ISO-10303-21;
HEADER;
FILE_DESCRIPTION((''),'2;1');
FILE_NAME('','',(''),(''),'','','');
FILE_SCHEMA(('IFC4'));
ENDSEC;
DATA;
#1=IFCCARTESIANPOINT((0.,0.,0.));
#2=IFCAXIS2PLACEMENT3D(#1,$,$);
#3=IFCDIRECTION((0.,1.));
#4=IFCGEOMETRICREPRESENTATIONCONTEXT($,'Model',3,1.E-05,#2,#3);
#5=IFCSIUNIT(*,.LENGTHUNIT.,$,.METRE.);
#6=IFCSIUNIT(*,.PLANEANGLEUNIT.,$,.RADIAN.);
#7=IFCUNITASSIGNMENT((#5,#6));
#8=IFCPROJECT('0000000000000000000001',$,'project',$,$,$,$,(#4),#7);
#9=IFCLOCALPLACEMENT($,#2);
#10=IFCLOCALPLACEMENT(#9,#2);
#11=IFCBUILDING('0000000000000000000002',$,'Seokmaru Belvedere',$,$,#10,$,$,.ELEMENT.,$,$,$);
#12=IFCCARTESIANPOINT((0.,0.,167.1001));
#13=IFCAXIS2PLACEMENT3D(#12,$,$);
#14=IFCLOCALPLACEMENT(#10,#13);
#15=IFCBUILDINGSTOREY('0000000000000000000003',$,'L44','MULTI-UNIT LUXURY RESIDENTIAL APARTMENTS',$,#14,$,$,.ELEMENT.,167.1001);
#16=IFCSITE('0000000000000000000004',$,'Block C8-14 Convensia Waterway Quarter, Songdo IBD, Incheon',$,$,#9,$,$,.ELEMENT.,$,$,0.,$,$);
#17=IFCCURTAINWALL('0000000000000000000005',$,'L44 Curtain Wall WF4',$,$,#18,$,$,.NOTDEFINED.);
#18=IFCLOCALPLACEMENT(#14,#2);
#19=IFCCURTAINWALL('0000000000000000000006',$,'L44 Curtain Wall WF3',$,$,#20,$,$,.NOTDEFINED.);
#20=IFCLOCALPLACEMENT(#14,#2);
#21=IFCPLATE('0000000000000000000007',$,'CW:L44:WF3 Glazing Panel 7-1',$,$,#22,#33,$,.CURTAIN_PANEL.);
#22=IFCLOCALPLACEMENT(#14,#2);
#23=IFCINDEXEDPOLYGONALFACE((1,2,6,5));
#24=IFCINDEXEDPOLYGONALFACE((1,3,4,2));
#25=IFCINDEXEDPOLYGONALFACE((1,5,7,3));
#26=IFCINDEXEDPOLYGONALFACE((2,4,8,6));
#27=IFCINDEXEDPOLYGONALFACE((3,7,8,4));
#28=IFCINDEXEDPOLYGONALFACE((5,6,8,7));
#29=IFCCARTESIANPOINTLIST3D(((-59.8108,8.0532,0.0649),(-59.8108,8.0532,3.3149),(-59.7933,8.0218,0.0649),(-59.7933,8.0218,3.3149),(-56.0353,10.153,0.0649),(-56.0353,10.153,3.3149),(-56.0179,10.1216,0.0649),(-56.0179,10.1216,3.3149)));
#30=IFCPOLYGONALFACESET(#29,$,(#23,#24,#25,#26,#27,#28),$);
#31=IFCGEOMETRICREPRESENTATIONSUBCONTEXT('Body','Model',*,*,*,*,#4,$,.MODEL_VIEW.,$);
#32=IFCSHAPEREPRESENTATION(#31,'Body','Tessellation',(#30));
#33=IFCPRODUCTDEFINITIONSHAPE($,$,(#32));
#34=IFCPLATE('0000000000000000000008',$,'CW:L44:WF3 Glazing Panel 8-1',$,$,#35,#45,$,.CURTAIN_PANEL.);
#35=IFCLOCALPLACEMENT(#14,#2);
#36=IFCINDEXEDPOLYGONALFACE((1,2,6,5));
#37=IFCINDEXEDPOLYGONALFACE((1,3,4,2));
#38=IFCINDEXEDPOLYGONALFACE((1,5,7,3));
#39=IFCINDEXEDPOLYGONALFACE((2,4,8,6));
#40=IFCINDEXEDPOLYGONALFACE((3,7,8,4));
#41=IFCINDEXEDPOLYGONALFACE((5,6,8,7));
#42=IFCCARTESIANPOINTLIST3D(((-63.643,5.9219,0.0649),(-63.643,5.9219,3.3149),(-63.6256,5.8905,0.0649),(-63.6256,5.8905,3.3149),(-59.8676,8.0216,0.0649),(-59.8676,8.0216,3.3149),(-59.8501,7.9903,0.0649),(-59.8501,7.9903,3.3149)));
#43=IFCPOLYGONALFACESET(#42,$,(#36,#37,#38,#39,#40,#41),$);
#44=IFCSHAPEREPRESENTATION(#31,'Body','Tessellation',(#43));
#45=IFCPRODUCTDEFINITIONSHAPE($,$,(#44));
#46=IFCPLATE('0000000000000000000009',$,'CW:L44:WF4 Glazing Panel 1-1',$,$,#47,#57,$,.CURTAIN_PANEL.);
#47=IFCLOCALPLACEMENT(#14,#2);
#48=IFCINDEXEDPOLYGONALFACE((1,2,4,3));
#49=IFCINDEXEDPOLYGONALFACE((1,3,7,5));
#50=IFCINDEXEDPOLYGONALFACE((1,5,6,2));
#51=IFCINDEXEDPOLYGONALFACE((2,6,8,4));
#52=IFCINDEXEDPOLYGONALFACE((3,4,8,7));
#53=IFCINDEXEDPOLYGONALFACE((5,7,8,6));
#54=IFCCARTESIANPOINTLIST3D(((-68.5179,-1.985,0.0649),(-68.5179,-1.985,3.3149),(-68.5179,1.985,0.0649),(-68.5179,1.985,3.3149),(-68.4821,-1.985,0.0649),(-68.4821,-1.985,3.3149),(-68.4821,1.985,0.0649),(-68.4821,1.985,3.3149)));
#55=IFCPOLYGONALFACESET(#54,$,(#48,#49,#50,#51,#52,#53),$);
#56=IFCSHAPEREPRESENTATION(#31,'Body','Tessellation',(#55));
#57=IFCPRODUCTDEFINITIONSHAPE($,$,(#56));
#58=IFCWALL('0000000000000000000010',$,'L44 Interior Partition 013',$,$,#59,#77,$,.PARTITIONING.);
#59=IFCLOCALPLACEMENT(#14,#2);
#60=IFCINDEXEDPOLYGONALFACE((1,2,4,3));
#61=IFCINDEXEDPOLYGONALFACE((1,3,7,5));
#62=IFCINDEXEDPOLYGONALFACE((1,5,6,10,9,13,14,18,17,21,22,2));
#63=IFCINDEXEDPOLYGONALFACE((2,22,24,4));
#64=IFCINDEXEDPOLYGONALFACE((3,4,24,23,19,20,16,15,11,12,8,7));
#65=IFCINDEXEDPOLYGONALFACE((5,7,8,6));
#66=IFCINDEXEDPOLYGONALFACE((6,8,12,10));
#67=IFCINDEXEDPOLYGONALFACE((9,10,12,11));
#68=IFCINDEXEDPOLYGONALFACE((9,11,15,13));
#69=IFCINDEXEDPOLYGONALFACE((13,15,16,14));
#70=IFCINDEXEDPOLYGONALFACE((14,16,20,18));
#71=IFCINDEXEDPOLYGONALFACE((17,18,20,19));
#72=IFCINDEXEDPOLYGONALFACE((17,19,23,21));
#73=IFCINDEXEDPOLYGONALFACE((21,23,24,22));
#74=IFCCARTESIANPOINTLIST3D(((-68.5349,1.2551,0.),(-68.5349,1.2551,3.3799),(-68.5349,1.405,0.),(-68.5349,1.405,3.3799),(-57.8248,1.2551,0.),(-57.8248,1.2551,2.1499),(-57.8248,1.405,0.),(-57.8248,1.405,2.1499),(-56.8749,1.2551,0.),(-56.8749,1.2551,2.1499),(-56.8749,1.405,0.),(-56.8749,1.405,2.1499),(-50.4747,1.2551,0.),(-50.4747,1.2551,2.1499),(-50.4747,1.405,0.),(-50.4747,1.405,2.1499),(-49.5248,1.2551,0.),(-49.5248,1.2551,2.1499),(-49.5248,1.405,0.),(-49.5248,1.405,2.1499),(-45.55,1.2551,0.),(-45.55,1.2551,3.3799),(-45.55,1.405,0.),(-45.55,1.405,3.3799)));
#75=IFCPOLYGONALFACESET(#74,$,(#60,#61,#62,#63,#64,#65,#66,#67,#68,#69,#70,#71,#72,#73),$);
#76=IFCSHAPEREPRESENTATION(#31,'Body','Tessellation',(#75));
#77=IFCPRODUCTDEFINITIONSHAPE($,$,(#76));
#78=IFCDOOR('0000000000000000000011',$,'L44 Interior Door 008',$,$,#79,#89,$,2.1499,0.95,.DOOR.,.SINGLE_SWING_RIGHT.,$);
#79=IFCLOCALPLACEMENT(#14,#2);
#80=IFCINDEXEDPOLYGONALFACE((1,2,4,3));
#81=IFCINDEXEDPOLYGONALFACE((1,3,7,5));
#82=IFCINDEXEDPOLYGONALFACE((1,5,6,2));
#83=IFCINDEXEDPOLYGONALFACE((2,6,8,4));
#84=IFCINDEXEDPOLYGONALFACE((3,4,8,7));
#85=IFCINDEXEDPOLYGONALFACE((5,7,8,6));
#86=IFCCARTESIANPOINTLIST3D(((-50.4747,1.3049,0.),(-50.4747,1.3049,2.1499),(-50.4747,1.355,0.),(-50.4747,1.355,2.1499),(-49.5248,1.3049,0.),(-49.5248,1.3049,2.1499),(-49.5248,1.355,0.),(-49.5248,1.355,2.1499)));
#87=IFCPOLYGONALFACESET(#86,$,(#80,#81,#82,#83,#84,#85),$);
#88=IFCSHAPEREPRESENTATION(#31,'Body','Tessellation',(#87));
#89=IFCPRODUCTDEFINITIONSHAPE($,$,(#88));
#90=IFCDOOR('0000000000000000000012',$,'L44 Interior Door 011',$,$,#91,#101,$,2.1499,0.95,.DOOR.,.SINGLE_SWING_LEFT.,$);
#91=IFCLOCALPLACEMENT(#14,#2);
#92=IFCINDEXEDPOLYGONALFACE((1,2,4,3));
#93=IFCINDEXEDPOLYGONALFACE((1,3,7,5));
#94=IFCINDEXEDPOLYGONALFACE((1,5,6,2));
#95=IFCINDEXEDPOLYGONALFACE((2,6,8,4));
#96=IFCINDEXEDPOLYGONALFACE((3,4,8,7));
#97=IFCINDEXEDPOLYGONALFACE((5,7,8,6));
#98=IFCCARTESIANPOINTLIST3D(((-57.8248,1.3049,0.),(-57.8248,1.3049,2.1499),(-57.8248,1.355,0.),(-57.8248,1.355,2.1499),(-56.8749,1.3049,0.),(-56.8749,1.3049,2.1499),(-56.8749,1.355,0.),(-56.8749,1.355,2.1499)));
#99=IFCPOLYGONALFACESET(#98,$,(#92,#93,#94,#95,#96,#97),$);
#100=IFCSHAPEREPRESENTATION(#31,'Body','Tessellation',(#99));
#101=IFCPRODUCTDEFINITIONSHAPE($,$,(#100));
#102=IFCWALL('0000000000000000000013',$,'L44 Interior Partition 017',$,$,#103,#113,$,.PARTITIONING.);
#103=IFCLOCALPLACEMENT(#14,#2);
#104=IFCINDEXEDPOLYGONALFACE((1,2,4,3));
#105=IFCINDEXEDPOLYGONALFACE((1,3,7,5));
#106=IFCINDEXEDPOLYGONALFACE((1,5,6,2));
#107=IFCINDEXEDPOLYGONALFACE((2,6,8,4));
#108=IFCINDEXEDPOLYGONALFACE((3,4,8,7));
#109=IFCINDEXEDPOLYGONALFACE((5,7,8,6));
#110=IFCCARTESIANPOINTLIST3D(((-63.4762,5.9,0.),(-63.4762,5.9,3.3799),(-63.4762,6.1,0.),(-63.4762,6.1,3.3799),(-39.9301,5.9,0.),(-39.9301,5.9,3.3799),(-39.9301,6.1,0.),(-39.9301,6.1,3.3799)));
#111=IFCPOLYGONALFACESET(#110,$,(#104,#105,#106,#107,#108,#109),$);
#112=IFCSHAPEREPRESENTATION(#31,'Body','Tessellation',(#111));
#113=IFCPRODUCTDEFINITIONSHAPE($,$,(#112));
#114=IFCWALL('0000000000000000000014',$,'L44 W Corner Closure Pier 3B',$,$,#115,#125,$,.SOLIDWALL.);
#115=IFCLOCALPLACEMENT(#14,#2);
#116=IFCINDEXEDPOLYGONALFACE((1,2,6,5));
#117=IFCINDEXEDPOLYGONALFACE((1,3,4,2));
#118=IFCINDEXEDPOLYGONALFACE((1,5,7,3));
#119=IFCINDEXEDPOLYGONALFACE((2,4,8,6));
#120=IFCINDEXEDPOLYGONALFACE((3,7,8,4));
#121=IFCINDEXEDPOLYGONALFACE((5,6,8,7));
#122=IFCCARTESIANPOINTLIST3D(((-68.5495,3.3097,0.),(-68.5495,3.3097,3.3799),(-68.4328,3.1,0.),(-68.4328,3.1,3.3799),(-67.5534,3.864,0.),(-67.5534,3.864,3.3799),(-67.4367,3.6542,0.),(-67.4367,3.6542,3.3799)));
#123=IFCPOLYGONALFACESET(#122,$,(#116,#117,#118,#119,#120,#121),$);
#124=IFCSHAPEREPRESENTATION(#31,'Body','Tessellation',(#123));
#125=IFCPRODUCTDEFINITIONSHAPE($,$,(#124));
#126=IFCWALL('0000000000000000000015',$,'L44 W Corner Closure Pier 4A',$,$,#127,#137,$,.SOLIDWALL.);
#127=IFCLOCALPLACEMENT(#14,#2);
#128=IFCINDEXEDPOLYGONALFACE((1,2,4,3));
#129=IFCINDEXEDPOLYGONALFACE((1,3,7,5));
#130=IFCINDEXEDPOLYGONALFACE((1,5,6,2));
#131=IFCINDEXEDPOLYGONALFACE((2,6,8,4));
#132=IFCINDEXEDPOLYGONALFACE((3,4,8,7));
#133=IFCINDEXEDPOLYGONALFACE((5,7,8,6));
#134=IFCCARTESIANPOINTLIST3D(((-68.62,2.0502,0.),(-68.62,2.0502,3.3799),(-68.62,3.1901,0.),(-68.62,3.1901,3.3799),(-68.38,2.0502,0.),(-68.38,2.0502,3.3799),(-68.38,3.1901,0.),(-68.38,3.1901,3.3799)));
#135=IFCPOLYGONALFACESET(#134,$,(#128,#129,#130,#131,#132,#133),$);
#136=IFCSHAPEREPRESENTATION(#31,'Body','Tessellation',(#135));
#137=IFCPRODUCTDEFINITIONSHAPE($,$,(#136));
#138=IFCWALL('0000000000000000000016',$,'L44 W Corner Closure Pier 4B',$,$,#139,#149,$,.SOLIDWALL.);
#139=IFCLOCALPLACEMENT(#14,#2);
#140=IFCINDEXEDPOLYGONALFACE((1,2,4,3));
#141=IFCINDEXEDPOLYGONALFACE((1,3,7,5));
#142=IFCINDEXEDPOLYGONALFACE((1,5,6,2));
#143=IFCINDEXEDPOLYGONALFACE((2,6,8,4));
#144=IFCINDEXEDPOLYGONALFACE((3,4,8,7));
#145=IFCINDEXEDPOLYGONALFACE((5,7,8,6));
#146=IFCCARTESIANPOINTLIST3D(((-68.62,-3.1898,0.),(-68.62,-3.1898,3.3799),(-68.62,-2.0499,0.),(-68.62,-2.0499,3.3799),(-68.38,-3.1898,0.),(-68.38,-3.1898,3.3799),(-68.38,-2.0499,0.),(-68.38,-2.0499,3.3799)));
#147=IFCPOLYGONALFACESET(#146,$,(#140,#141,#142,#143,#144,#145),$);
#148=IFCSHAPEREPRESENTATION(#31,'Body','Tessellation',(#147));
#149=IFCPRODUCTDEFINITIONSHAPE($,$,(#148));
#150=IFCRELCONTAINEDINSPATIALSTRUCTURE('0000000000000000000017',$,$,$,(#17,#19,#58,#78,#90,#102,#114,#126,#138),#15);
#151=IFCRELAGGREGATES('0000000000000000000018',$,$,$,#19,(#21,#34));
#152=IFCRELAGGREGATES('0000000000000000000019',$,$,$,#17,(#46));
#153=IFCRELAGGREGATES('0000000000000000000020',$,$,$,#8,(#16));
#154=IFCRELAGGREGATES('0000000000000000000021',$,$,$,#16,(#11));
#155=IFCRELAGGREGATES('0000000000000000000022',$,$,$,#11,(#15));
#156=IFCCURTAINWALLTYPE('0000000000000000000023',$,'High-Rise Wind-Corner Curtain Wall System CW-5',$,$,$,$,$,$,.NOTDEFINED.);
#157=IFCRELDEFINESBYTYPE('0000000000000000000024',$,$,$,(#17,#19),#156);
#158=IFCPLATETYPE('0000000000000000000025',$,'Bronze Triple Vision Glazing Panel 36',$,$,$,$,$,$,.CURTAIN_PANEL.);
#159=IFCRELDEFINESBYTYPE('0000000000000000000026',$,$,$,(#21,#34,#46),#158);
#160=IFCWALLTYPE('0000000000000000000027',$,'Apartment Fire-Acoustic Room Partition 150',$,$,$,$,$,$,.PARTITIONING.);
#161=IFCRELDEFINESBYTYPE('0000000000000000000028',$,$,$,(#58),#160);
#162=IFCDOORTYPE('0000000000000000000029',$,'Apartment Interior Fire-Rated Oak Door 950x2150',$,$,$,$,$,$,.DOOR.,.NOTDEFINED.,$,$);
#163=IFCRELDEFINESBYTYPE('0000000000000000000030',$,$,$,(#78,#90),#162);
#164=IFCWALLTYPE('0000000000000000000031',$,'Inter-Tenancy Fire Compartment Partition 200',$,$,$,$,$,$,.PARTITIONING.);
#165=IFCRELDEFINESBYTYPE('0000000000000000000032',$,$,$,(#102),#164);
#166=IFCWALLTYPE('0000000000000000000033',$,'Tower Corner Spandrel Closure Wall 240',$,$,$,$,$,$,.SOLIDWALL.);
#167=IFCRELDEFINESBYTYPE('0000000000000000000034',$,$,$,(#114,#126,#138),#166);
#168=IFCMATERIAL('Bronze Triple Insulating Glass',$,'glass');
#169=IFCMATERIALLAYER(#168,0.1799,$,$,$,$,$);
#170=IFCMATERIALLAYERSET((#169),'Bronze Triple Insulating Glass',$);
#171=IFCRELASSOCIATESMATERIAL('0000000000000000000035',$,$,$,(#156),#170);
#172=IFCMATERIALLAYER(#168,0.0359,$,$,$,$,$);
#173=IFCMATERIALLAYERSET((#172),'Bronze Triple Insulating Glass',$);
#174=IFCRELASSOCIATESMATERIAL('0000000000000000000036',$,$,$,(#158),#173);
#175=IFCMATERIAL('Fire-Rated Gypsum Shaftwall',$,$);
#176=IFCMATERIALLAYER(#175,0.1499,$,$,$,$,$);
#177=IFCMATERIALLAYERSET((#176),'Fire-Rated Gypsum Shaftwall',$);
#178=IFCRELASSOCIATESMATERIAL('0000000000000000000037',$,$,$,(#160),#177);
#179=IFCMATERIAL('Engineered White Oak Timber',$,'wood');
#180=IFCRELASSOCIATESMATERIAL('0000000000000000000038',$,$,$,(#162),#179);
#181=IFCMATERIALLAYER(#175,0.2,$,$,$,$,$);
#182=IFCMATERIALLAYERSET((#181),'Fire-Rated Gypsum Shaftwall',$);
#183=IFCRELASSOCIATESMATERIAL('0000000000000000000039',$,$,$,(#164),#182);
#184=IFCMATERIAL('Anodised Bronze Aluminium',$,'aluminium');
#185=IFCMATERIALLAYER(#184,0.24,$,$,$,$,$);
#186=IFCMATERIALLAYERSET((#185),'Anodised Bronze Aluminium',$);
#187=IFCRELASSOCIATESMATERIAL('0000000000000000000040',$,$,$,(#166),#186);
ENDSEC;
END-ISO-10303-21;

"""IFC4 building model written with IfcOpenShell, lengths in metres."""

from ifc_helpers import new_model, si_unit, direction, frame, frame_2d, origin, origin_2d, place, context, subcontext, project, spatial, rectangle, extrude, source, transform, mapped, material, layer, layer_set, type_object, type_shapes, element, fill, aggregate, save


model = new_model("IFC4")

# Units and contexts
model_context = context("Model", 3, precision=1e-05, world=origin(), true_north=direction((0.0, 1.0)))
body_context = subcontext(model_context, "Body", "Model", "MODEL_VIEW")
ifc_project = project(units=[si_unit("LENGTHUNIT", "METRE"), si_unit("PLANEANGLEUNIT", "RADIAN")], contexts=[model_context])

# Site, building, storey
site_placement = place(None, origin())
site = spatial("IfcSite", under=ifc_project, at=site_placement, Name="Block C8-14 Convensia Waterway Quarter, Songdo IBD, Incheon", CompositionType="ELEMENT", RefElevation=0.0)
building_placement = place(site_placement, origin())
building = spatial("IfcBuilding", under=site, at=building_placement, Name="Seokmaru Belvedere", CompositionType="ELEMENT")
storey_placement = place(building_placement, frame((0.0, 0.0, 167.1001)))
storey = spatial("IfcBuildingStorey", under=building, at=storey_placement, Name="L44", Description="MULTI-UNIT LUXURY RESIDENTIAL APARTMENTS", CompositionType="ELEMENT", Elevation=167.1001)

# Curtain wall
ifc_material_1 = material(Name="Bronze Triple Insulating Glass", Category="glass")
ifc_layer_1 = layer(ifc_material_1, 0.1799)
ifc_layer_set_1 = layer_set([ifc_layer_1], Name="Bronze Triple Insulating Glass")
curtain_wall_type = type_object("IfcCurtainWallType", Name="High-Rise Wind-Corner Curtain Wall System CW-5", PredefinedType="NOTDEFINED", material=ifc_layer_set_1)
curtain_wall_1_placement = place(storey_placement, origin())
curtain_wall_1 = element("IfcCurtainWall", 1, at=curtain_wall_1_placement, inside=storey, type_object=curtain_wall_type, Name="L44 Curtain Wall WF4", PredefinedType="NOTDEFINED")
ifc_material_2 = material(Name="Anodised Bronze Aluminium", Category="aluminium")

# Curtain wall
curtain_wall_2_placement = place(storey_placement, origin())
curtain_wall_2 = element("IfcCurtainWall", 2, at=curtain_wall_2_placement, inside=storey, type_object=curtain_wall_type, Name="L44 Curtain Wall WF3", PredefinedType="NOTDEFINED")

# Plates
ifc_layer_2 = layer(ifc_material_1, 0.0359)
ifc_layer_set_2 = layer_set([ifc_layer_2], Name="Bronze Triple Insulating Glass")
plate_type = type_object("IfcPlateType", Name="Bronze Triple Vision Glazing Panel 36", PredefinedType="CURTAIN_PANEL", material=ifc_layer_set_2)
shared_shape_1 = source(origin(), body_context, "Body", "SweptSolid", [
    extrude(rectangle(XDim=4.3201, YDim=0.0359, at=origin_2d()), origin(), (0.0, 0.0, 1.0), 3.25),
])
plate_1_placement = place(storey_placement, frame((-57.9143, 9.0874, 0.0649), z_axis=(0.0, 0.0, 1.0), x_axis=(-0.873933, -0.486047, 0.0)))
plate_1 = element("IfcPlate", 3, at=plate_1_placement, type_object=plate_type, Name="CW:L44:WF3 Glazing Panel 7-1", PredefinedType="CURTAIN_PANEL", context=body_context, shape_type="MappedRepresentation", body=[
    mapped(shared_shape_1, transform((0.0, 0.0, 0.0), scale=1.0)),
])
plate_2_placement = place(storey_placement, frame((-61.7466, 6.9561, 0.0649), z_axis=(0.0, 0.0, 1.0), x_axis=(-0.873933, -0.486047, 0.0)))
plate_2 = element("IfcPlate", 4, at=plate_2_placement, type_object=plate_type, Name="CW:L44:WF3 Glazing Panel 8-1", PredefinedType="CURTAIN_PANEL", context=body_context, shape_type="MappedRepresentation", body=[
    mapped(shared_shape_1, transform((0.0, 0.0, 0.0), scale=1.0)),
])
aggregate(curtain_wall_2, [plate_1, plate_2])
shared_shape_2 = source(origin(), body_context, "Body", "SweptSolid", [
    extrude(rectangle(XDim=3.97, YDim=0.0359, at=origin_2d()), origin(), (0.0, 0.0, 1.0), 3.25),
])
plate_3_placement = place(storey_placement, frame((-68.5, 0.0, 0.0649), z_axis=(0.0, 0.0, 1.0), x_axis=(0.0, -1.0, 0.0)))
plate_3 = element("IfcPlate", 5, at=plate_3_placement, type_object=plate_type, Name="CW:L44:WF4 Glazing Panel 1-1", PredefinedType="CURTAIN_PANEL", context=body_context, shape_type="MappedRepresentation", body=[
    mapped(shared_shape_2, transform((0.0, 0.0, 0.0), scale=1.0)),
])
aggregate(curtain_wall_1, [plate_3])

# Wall, openings, doors
ifc_material_3 = material(Name="Fire-Rated Gypsum Shaftwall")
ifc_layer_3 = layer(ifc_material_3, 0.1499)
ifc_layer_set_3 = layer_set([ifc_layer_3], Name="Fire-Rated Gypsum Shaftwall")
wall_type_1 = type_object("IfcWallType", Name="Apartment Fire-Acoustic Room Partition 150", PredefinedType="PARTITIONING", material=ifc_layer_set_3)
wall_1_placement = place(storey_placement, frame((-68.5349, 1.3301, 0.0), z_axis=(0.0, 0.0, 1.0), x_axis=(1.0, 0.0, 0.0)))
wall_1 = element("IfcWall", 6, at=wall_1_placement, inside=storey, type_object=wall_type_1, Name="L44 Interior Partition 013", PredefinedType="PARTITIONING", context=body_context, shape_type="SweptSolid", body=[
    extrude(rectangle(XDim=22.9849, YDim=0.1499, at=frame_2d((11.4924, 0.0))), origin(), (0.0, 0.0, 1.0), 3.3799),
])
opening_1_placement = place(wall_1_placement, frame((18.0601, 0.0, 0.0)))
opening_1 = element("IfcOpeningElement", 7, at=opening_1_placement, cuts=wall_1, PredefinedType="OPENING", context=body_context, shape_type="SweptSolid", body=[
    extrude(rectangle(XDim=0.95, YDim=2.1499, at=frame_2d((0.4751, 1.075))), frame((0.0, 0.085, 0.0), z_axis=(0.0, -1.0, 0.0), x_axis=(1.0, 0.0, 0.0)), (0.0, 0.0, 1.0), 0.1699),
])
opening_2_placement = place(wall_1_placement, frame((10.71, 0.0, 0.0)))
opening_2 = element("IfcOpeningElement", 8, at=opening_2_placement, cuts=wall_1, PredefinedType="OPENING", context=body_context, shape_type="SweptSolid", body=[
    extrude(rectangle(XDim=0.95, YDim=2.1499, at=frame_2d((0.4751, 1.075))), frame((0.0, 0.085, 0.0), z_axis=(0.0, -1.0, 0.0), x_axis=(1.0, 0.0, 0.0)), (0.0, 0.0, 1.0), 0.1699),
])
ifc_material_4 = material(Name="Engineered White Oak Timber", Category="wood")
door_type = type_object("IfcDoorType", Name="Apartment Interior Fire-Rated Oak Door 950x2150", OperationType="NOTDEFINED", PredefinedType="DOOR", material=ifc_material_4)
shared_shape_3 = source(origin(), body_context, "Body", "SweptSolid", [
    extrude(rectangle(XDim=0.95, YDim=2.1499, at=frame_2d((0.4751, 1.075))), frame((0.0, 0.0249, 0.0), z_axis=(0.0, -1.0, 0.0), x_axis=(1.0, 0.0, 0.0)), (0.0, 0.0, 1.0), 0.05),
])
type_shapes(door_type, [shared_shape_3])
door_1_placement = place(opening_1_placement, origin())
door_1 = element("IfcDoor", 9, at=door_1_placement, inside=storey, type_object=door_type, Name="L44 Interior Door 008", OperationType="SINGLE_SWING_RIGHT", OverallHeight=2.1499, OverallWidth=0.95, PredefinedType="DOOR", context=body_context, shape_type="MappedRepresentation", body=[
    mapped(shared_shape_3, transform((0.0, 0.0, 0.0), scale=1.0)),
])
fill(opening_1, door_1)
door_2_placement = place(opening_2_placement, origin())
door_2 = element("IfcDoor", 10, at=door_2_placement, inside=storey, type_object=door_type, Name="L44 Interior Door 011", OperationType="SINGLE_SWING_LEFT", OverallHeight=2.1499, OverallWidth=0.95, PredefinedType="DOOR", context=body_context, shape_type="MappedRepresentation", body=[
    mapped(shared_shape_3, transform((0.0, 0.0, 0.0), scale=1.0)),
])
fill(opening_2, door_2)

# Walls
ifc_layer_4 = layer(ifc_material_3, 0.2)
ifc_layer_set_4 = layer_set([ifc_layer_4], Name="Fire-Rated Gypsum Shaftwall")
wall_type_2 = type_object("IfcWallType", Name="Inter-Tenancy Fire Compartment Partition 200", PredefinedType="PARTITIONING", material=ifc_layer_set_4)
wall_2_placement = place(storey_placement, frame((-63.4761, 6.0, 0.0), z_axis=(0.0, 0.0, 1.0), x_axis=(1.0, 0.0, 0.0)))
element("IfcWall", 11, at=wall_2_placement, inside=storey, type_object=wall_type_2, Name="L44 Interior Partition 017", PredefinedType="PARTITIONING", context=body_context, shape_type="SweptSolid", body=[
    extrude(rectangle(XDim=23.5461, YDim=0.2, at=frame_2d((11.7729, 0.0))), origin(), (0.0, 0.0, 1.0), 3.3799),
])
ifc_layer_5 = layer(ifc_material_2, 0.24)
ifc_layer_set_5 = layer_set([ifc_layer_5], Name="Anodised Bronze Aluminium")
wall_type_3 = type_object("IfcWallType", Name="Tower Corner Spandrel Closure Wall 240", PredefinedType="SOLIDWALL", material=ifc_layer_set_5)
for number, where, z_axis, x_axis, name in (
    (12, (-67.4951, 3.759, 0.0), (0.0, 0.0, 1.0), (-0.873854, -0.486188, 0.0), "L44 W Corner Closure Pier 3B"),
    (13, (-68.5, 3.1899, 0.0), (0.0, 0.0, 1.0), (0.0, -1.0, 0.0), "L44 W Corner Closure Pier 4A"),
    (14, (-68.5, -2.05, 0.0), (0.0, 0.0, 1.0), (0.0, -1.0, 0.0), "L44 W Corner Closure Pier 4B"),
):
    element("IfcWall", number, at=place(storey_placement, frame(where, z_axis=z_axis, x_axis=x_axis)), inside=storey, type_object=wall_type_3, Name=name, PredefinedType="SOLIDWALL", context=body_context, shape_type="SweptSolid", body=[
        extrude(rectangle(XDim=1.1399, YDim=0.24, at=frame_2d((0.5698, 0.0))), origin(), (0.0, 0.0, 1.0), 3.3799),
    ])

save(model, "model.ifc")
